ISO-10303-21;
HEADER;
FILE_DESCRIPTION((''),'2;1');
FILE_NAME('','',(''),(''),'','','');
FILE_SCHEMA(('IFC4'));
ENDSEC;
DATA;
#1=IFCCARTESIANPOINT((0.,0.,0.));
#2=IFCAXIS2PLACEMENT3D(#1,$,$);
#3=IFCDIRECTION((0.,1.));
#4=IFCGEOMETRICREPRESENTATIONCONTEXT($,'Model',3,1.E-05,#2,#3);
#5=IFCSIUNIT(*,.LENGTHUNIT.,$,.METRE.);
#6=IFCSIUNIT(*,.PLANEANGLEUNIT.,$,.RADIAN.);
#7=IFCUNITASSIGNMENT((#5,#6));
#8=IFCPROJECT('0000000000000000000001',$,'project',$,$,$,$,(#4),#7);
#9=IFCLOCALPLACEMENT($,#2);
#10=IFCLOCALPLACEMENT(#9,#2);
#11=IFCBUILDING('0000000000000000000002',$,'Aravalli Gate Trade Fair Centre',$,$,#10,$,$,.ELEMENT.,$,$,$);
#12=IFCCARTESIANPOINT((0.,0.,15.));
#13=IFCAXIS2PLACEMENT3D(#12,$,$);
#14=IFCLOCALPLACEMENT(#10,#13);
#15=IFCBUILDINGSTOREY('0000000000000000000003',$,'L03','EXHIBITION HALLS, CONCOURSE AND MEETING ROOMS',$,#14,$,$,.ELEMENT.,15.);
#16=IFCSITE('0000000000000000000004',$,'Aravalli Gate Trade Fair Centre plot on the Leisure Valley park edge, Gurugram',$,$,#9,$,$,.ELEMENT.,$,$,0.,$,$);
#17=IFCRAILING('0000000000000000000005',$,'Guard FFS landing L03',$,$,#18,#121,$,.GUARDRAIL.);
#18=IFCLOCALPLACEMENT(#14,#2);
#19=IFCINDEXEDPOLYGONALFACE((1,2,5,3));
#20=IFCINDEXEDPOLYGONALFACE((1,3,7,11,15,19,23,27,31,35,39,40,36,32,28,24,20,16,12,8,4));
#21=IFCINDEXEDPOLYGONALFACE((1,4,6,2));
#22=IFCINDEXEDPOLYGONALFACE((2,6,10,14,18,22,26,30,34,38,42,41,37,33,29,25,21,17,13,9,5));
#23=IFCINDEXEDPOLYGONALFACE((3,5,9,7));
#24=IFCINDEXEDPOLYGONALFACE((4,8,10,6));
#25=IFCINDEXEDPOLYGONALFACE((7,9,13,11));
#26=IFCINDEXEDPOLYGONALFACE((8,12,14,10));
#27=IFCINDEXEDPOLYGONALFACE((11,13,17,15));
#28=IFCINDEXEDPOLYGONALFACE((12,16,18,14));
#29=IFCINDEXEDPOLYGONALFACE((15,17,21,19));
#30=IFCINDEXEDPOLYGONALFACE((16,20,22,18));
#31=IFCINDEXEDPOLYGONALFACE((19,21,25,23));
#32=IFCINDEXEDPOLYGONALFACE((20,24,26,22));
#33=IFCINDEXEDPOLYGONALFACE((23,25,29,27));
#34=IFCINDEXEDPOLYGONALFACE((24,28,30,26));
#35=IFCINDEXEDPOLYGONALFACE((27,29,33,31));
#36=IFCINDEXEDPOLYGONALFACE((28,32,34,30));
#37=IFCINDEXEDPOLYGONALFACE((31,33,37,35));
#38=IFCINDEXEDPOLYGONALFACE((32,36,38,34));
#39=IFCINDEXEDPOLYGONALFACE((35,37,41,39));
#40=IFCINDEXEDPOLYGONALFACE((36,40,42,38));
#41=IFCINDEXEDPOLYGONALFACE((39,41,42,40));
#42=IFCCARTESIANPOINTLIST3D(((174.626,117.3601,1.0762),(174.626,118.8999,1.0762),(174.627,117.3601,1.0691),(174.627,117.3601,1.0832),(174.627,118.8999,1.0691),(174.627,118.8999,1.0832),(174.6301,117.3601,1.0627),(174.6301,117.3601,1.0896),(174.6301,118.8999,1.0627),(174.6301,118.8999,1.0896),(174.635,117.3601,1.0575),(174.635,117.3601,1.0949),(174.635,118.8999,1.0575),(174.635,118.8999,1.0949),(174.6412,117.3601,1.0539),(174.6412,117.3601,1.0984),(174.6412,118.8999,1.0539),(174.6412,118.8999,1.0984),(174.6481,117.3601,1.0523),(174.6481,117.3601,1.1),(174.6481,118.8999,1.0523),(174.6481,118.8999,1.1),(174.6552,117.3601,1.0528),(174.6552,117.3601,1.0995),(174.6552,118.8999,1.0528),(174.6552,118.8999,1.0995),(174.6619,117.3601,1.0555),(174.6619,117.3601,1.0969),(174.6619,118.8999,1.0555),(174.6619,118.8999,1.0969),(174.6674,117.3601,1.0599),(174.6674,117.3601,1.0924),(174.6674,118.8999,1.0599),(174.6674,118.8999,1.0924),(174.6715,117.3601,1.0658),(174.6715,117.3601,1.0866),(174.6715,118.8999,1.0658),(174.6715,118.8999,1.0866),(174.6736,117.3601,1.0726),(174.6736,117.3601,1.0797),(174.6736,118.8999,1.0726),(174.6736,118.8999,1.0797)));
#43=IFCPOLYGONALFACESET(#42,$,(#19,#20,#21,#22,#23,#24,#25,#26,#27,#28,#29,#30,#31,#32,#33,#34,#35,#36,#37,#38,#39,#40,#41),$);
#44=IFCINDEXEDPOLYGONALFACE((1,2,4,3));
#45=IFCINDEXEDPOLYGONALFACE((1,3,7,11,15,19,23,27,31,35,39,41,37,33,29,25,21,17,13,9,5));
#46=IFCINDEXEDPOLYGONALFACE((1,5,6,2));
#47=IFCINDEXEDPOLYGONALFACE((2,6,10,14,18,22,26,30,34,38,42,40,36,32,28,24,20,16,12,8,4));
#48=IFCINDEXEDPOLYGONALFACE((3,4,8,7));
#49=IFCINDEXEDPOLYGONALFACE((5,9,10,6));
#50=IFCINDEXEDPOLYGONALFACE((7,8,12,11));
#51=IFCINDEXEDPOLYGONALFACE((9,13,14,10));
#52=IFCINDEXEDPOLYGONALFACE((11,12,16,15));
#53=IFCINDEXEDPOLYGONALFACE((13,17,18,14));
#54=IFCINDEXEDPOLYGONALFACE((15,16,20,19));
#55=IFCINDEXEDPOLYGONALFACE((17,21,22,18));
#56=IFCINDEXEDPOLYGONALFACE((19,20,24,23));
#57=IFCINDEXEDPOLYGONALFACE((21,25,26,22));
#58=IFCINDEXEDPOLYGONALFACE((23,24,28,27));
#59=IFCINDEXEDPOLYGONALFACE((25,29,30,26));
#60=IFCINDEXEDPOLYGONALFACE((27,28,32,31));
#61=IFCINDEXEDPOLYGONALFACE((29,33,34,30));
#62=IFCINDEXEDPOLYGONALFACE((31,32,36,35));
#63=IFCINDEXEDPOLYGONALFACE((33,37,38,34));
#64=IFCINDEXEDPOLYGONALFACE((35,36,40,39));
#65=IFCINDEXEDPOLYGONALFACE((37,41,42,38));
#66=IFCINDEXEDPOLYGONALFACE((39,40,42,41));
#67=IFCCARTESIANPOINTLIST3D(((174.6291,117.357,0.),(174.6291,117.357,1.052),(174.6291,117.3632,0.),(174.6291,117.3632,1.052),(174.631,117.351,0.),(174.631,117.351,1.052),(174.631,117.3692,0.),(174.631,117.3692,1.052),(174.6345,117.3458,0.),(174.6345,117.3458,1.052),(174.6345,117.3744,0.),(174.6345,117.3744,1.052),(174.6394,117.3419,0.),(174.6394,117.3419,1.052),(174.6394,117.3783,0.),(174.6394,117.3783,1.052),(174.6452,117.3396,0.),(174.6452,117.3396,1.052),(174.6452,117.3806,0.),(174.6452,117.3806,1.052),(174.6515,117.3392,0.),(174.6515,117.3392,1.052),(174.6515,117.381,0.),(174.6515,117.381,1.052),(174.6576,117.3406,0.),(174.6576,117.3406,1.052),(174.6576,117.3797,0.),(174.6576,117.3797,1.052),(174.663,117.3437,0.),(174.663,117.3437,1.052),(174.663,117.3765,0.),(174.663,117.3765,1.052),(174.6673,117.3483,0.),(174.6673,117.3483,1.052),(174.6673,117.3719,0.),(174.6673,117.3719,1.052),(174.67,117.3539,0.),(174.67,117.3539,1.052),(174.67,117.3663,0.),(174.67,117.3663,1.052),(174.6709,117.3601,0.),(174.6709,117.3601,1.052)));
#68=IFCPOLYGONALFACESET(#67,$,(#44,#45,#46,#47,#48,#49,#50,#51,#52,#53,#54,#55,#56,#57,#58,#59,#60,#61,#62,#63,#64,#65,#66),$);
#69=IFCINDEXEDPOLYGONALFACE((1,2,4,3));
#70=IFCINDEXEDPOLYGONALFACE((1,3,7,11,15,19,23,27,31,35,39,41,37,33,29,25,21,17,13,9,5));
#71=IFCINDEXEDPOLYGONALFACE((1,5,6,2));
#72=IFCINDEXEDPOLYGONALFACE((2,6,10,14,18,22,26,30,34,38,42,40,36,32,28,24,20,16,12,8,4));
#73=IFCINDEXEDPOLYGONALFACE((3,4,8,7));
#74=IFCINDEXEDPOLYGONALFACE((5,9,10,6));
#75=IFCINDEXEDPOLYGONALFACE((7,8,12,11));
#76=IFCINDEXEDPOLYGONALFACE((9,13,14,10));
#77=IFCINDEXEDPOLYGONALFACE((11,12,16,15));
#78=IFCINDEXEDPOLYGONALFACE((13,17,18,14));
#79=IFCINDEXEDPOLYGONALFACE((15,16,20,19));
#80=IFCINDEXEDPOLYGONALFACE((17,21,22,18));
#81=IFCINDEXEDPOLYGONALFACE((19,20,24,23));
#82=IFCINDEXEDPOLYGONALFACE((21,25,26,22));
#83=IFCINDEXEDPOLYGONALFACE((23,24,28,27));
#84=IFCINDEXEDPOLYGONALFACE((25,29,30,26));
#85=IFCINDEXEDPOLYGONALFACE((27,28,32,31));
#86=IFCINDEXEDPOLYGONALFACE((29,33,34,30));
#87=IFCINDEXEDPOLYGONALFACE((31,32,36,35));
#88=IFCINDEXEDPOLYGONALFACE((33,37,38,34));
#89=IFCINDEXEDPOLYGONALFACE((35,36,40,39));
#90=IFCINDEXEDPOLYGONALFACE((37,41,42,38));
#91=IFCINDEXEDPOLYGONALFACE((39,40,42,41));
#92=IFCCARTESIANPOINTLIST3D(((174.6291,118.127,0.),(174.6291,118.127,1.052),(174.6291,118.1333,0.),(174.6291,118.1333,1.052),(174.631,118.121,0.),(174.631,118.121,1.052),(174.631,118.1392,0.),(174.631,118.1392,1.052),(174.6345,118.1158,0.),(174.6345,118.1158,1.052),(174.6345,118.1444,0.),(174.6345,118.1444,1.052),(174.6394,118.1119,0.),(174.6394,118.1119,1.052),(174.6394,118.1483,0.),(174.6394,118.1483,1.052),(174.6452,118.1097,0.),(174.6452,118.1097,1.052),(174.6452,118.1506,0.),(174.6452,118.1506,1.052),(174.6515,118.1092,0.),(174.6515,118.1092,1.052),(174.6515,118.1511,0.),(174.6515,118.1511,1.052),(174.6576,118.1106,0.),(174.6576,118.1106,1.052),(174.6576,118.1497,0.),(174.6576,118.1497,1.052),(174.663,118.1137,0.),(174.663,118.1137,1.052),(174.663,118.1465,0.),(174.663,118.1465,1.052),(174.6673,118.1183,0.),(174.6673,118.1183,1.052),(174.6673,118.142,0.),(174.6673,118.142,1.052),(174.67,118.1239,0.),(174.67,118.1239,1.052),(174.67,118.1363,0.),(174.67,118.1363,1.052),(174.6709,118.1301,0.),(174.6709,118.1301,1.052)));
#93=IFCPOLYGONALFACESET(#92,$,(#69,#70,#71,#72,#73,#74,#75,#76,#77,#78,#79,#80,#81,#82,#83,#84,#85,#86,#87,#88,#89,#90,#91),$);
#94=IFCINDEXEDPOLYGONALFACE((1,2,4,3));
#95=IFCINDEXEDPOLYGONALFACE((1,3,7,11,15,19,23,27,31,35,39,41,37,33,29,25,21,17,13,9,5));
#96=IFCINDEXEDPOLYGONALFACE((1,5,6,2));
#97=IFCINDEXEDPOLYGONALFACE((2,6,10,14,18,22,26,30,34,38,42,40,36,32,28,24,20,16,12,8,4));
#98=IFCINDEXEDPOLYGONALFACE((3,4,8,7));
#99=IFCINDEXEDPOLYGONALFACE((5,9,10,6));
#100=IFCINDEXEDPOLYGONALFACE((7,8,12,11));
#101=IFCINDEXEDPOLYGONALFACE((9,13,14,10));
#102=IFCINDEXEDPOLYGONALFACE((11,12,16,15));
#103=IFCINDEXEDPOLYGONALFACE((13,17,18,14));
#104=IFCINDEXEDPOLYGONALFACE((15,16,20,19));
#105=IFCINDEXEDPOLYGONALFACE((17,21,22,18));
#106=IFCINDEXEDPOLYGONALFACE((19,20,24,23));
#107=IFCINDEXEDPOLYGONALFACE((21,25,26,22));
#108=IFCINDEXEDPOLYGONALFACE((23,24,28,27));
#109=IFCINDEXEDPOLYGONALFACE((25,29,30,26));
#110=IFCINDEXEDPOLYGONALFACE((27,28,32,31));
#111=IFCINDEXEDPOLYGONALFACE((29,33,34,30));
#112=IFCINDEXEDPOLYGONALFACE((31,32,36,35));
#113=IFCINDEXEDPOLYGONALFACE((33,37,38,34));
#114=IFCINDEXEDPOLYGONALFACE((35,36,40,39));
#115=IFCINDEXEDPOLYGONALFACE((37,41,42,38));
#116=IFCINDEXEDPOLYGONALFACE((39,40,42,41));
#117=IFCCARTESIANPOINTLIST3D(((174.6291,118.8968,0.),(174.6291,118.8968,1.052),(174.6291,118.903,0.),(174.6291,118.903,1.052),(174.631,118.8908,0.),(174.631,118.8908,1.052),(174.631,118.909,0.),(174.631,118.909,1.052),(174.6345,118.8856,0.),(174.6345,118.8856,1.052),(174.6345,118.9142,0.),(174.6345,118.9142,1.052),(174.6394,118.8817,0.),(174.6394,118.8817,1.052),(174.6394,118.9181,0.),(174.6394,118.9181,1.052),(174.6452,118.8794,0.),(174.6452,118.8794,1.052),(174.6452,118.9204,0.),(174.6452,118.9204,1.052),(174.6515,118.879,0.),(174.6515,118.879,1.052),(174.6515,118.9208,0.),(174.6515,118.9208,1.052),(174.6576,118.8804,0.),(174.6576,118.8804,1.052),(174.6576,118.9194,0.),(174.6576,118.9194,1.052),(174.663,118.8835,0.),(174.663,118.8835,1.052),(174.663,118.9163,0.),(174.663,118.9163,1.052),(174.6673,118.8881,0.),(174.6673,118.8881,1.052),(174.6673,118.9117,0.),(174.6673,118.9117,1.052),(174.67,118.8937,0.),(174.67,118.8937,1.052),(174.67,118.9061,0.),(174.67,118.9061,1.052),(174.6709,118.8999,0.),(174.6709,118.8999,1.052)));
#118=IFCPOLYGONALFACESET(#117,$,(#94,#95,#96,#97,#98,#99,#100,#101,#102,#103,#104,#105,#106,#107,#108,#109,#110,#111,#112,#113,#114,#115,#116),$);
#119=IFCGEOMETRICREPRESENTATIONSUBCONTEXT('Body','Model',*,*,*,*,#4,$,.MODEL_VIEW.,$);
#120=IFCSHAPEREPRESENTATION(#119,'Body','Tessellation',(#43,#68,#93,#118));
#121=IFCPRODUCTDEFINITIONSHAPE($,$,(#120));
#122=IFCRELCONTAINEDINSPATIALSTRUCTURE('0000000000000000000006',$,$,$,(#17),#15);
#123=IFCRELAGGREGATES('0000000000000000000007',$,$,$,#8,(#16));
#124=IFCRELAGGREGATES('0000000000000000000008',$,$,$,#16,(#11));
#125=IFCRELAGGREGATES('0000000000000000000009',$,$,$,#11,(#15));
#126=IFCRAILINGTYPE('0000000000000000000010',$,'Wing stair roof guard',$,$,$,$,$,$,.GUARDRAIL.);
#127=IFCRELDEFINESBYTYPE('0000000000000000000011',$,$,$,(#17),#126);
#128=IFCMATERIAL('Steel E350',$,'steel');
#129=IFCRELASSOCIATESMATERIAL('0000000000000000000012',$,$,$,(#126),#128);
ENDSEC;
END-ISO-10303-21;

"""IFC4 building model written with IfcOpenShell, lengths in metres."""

from ifc_helpers import new_model, si_unit, direction, frame, origin, origin_2d, place, context, subcontext, project, spatial, circle, extrude, material, type_object, element, save


model = new_model("IFC4")

# Units and contexts
model_context = context("Model", 3, precision=1e-05, world=origin(), true_north=direction((0.0, 1.0)))
body_context = subcontext(model_context, "Body", "Model", "MODEL_VIEW")
ifc_project = project(units=[si_unit("LENGTHUNIT", "METRE"), si_unit("PLANEANGLEUNIT", "RADIAN")], contexts=[model_context])

# Site, building, storey
site_placement = place(None, origin())
site = spatial("IfcSite", under=ifc_project, at=site_placement, Name="Aravalli Gate Trade Fair Centre plot on the Leisure Valley park edge, Gurugram", CompositionType="ELEMENT", RefElevation=0.0)
building_placement = place(site_placement, origin())
building = spatial("IfcBuilding", under=site, at=building_placement, Name="Aravalli Gate Trade Fair Centre", CompositionType="ELEMENT")
storey_placement = place(building_placement, frame((0.0, 0.0, 15.0)))
storey = spatial("IfcBuildingStorey", under=building, at=storey_placement, Name="L03", Description="EXHIBITION HALLS, CONCOURSE AND MEETING ROOMS", CompositionType="ELEMENT", Elevation=15.0)

# Shared definitions
ifc_material_1 = material(Name="Steel E350", Category="steel")

# Railing
railing_type_1 = type_object("IfcRailingType", Name="Wing stair roof guard", PredefinedType="GUARDRAIL", material=ifc_material_1)
railing_placement = place(storey_placement, frame((174.6499, 117.3601, 0.0)))
element("IfcRailing", 1, at=railing_placement, inside=storey, type_object=railing_type_1, Name="Guard FFS landing L03", PredefinedType="GUARDRAIL", context=body_context, shape_type="SweptSolid", body=[
    extrude(circle(Radius=0.0239, at=origin_2d()), frame((0.0, 0.0, 1.0762), z_axis=(0.0, 1.0, 0.0), x_axis=(-1.0, 0.0, 0.0)), (0.0, 0.0, 1.0), 1.5398),
    extrude(circle(Radius=0.021, at=origin_2d()), origin(), (0.0, 0.0, 1.0), 1.052),
    extrude(circle(Radius=0.021, at=origin_2d()), frame((0.0, 0.77, 0.0)), (0.0, 0.0, 1.0), 1.052),
    extrude(circle(Radius=0.021, at=origin_2d()), frame((0.0, 1.5398, 0.0)), (0.0, 0.0, 1.0), 1.052),
])

save(model, "model.ifc")
